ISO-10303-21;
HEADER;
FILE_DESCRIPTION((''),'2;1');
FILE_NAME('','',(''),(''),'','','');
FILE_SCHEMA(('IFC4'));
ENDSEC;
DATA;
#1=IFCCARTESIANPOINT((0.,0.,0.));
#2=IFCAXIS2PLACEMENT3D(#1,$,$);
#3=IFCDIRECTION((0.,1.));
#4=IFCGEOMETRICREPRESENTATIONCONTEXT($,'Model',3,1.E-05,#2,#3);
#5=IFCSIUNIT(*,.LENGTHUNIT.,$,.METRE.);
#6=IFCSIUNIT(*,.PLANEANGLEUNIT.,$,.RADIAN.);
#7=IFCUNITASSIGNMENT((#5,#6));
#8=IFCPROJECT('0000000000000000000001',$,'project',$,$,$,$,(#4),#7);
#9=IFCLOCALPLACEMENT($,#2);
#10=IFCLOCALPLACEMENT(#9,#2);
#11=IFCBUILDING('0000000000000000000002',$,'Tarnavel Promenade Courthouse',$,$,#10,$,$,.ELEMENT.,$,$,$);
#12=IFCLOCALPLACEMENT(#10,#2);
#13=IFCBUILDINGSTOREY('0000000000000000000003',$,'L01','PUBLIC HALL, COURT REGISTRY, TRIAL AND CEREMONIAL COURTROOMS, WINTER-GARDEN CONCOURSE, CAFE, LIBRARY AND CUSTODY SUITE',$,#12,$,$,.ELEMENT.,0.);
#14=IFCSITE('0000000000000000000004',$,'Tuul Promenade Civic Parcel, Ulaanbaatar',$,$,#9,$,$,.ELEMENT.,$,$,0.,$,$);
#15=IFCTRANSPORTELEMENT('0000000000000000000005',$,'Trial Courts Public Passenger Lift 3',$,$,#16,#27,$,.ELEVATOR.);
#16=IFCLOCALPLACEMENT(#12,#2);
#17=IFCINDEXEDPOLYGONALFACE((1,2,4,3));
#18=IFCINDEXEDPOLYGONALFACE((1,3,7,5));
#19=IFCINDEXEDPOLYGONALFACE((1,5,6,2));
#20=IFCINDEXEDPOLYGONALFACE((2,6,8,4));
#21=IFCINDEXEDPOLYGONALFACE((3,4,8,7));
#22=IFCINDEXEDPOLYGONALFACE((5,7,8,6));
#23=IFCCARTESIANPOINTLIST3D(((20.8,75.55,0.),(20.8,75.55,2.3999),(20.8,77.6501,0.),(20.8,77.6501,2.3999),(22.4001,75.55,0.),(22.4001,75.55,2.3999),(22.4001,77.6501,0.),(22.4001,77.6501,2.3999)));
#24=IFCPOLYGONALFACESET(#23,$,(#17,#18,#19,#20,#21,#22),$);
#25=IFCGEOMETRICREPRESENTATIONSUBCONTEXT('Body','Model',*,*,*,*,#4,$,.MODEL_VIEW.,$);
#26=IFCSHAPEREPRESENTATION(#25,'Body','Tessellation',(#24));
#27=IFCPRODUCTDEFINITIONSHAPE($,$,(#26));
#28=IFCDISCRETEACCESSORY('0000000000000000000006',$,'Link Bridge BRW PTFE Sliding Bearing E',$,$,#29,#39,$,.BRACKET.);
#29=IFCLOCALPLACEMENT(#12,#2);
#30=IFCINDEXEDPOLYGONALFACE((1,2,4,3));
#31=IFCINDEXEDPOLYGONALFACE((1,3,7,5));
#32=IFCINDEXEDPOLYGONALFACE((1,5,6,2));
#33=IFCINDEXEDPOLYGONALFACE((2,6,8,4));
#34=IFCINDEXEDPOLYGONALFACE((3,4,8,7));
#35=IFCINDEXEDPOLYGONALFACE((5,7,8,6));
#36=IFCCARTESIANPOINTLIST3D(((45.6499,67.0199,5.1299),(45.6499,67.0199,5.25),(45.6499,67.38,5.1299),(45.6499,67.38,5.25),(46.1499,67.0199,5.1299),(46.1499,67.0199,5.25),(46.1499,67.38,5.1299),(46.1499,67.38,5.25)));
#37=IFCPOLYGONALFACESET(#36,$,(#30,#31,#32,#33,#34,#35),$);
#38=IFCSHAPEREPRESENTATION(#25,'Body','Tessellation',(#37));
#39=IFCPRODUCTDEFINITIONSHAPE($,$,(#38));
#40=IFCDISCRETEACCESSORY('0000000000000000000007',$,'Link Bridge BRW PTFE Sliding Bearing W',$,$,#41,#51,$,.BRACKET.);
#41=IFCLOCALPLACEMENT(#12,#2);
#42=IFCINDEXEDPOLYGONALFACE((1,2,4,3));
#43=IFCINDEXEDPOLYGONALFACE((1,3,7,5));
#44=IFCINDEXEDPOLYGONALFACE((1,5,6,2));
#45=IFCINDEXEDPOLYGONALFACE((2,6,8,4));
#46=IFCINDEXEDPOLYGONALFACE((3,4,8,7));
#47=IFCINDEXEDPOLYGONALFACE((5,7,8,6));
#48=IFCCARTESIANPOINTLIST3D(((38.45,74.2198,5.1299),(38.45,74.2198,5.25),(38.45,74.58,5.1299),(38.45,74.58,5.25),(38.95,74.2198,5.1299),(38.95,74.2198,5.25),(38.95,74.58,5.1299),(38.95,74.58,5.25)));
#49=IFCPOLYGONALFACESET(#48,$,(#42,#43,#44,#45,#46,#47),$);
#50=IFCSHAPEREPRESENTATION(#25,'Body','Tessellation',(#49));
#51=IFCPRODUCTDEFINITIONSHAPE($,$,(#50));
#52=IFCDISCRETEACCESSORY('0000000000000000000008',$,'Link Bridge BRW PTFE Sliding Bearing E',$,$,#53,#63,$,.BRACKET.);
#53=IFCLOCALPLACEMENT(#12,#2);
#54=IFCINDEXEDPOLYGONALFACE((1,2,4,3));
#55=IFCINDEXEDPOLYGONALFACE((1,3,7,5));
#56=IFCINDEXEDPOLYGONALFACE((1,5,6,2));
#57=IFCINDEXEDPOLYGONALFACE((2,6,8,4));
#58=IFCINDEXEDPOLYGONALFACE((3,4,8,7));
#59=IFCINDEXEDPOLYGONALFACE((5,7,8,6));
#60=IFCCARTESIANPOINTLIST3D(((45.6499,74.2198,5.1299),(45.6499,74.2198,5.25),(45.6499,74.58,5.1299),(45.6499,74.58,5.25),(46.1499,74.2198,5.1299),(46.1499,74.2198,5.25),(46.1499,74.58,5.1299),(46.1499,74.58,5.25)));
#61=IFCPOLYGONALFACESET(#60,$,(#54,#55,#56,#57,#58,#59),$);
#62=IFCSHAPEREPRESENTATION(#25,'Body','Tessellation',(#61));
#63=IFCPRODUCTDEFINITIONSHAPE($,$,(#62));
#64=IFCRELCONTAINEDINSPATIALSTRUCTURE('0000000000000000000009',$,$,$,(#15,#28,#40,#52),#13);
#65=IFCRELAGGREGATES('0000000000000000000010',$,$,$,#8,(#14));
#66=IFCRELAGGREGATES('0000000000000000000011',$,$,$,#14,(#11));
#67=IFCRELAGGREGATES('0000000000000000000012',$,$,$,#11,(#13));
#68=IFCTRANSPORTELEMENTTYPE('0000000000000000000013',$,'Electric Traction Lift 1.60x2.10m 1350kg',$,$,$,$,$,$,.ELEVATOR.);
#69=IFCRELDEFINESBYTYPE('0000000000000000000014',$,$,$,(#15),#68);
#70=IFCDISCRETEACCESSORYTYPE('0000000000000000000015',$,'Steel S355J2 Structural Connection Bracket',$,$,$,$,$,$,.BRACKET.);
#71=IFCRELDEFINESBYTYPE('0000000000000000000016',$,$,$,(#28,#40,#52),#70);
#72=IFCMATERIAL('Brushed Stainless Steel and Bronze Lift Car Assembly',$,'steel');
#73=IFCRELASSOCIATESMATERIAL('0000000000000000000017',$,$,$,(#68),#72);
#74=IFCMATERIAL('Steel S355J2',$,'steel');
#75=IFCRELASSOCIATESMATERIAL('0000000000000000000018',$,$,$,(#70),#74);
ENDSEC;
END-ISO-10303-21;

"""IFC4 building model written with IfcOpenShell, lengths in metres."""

from ifc_helpers import new_model, si_unit, direction, frame, origin, origin_2d, place, context, subcontext, project, spatial, rectangle, extrude, material, type_object, element, save


model = new_model("IFC4")

# Units and contexts
model_context = context("Model", 3, precision=1e-05, world=origin(), true_north=direction((0.0, 1.0)))
body_context = subcontext(model_context, "Body", "Model", "MODEL_VIEW")
ifc_project = project(units=[si_unit("LENGTHUNIT", "METRE"), si_unit("PLANEANGLEUNIT", "RADIAN")], contexts=[model_context])

# Site, building, storey
site_placement = place(None, origin())
site = spatial("IfcSite", under=ifc_project, at=site_placement, Name="Tuul Promenade Civic Parcel, Ulaanbaatar", CompositionType="ELEMENT", RefElevation=0.0)
building_placement = place(site_placement, origin())
building = spatial("IfcBuilding", under=site, at=building_placement, Name="Tarnavel Promenade Courthouse", CompositionType="ELEMENT")
storey_placement = place(building_placement, origin())
storey = spatial("IfcBuildingStorey", under=building, at=storey_placement, Name="L01", Description="PUBLIC HALL, COURT REGISTRY, TRIAL AND CEREMONIAL COURTROOMS, WINTER-GARDEN CONCOURSE, CAFE, LIBRARY AND CUSTODY SUITE", CompositionType="ELEMENT", Elevation=0.0)

# Shared definitions
ifc_material_1 = material(Name="Steel S355J2", Category="steel")

# Transport element
ifc_material_2 = material(Name="Brushed Stainless Steel and Bronze Lift Car Assembly", Category="steel")
transport_element_type = type_object("IfcTransportElementType", Name="Electric Traction Lift 1.60x2.10m 1350kg", PredefinedType="ELEVATOR", material=ifc_material_2)
transport_element_placement = place(storey_placement, frame((21.6001, 76.6001, 0.0), z_axis=(0.0, 0.0, 1.0), x_axis=(1.0, 0.0, 0.0)))
element("IfcTransportElement", 1, at=transport_element_placement, inside=storey, type_object=transport_element_type, Name="Trial Courts Public Passenger Lift 3", PredefinedType="ELEVATOR", context=body_context, shape_type="SweptSolid", body=[
    extrude(rectangle(XDim=1.6001, YDim=2.1001, at=origin_2d()), origin(), (0.0, 0.0, 1.0), 2.3999),
])

# Discrete accessories
discrete_accessory_type = type_object("IfcDiscreteAccessoryType", Name="Steel S355J2 Structural Connection Bracket", PredefinedType="BRACKET", material=ifc_material_1)
for number, where, z_axis, x_axis, name in (
    (2, (45.8999, 67.2, 5.1299), (0.0, 0.0, 1.0), (1.0, 0.0, 0.0), "Link Bridge BRW PTFE Sliding Bearing E"),
    (3, (38.7, 74.3999, 5.1299), (0.0, 0.0, 1.0), (1.0, 0.0, 0.0), "Link Bridge BRW PTFE Sliding Bearing W"),
    (4, (45.8999, 74.3999, 5.1299), (0.0, 0.0, 1.0), (1.0, 0.0, 0.0), "Link Bridge BRW PTFE Sliding Bearing E"),
):
    element("IfcDiscreteAccessory", number, at=place(storey_placement, frame(where, z_axis=z_axis, x_axis=x_axis)), inside=storey, type_object=discrete_accessory_type, Name=name, PredefinedType="BRACKET", context=body_context, shape_type="SweptSolid", body=[
        extrude(rectangle(XDim=0.5, YDim=0.3601, at=origin_2d()), origin(), (0.0, 0.0, 1.0), 0.1201),
    ])

save(model, "model.ifc")
